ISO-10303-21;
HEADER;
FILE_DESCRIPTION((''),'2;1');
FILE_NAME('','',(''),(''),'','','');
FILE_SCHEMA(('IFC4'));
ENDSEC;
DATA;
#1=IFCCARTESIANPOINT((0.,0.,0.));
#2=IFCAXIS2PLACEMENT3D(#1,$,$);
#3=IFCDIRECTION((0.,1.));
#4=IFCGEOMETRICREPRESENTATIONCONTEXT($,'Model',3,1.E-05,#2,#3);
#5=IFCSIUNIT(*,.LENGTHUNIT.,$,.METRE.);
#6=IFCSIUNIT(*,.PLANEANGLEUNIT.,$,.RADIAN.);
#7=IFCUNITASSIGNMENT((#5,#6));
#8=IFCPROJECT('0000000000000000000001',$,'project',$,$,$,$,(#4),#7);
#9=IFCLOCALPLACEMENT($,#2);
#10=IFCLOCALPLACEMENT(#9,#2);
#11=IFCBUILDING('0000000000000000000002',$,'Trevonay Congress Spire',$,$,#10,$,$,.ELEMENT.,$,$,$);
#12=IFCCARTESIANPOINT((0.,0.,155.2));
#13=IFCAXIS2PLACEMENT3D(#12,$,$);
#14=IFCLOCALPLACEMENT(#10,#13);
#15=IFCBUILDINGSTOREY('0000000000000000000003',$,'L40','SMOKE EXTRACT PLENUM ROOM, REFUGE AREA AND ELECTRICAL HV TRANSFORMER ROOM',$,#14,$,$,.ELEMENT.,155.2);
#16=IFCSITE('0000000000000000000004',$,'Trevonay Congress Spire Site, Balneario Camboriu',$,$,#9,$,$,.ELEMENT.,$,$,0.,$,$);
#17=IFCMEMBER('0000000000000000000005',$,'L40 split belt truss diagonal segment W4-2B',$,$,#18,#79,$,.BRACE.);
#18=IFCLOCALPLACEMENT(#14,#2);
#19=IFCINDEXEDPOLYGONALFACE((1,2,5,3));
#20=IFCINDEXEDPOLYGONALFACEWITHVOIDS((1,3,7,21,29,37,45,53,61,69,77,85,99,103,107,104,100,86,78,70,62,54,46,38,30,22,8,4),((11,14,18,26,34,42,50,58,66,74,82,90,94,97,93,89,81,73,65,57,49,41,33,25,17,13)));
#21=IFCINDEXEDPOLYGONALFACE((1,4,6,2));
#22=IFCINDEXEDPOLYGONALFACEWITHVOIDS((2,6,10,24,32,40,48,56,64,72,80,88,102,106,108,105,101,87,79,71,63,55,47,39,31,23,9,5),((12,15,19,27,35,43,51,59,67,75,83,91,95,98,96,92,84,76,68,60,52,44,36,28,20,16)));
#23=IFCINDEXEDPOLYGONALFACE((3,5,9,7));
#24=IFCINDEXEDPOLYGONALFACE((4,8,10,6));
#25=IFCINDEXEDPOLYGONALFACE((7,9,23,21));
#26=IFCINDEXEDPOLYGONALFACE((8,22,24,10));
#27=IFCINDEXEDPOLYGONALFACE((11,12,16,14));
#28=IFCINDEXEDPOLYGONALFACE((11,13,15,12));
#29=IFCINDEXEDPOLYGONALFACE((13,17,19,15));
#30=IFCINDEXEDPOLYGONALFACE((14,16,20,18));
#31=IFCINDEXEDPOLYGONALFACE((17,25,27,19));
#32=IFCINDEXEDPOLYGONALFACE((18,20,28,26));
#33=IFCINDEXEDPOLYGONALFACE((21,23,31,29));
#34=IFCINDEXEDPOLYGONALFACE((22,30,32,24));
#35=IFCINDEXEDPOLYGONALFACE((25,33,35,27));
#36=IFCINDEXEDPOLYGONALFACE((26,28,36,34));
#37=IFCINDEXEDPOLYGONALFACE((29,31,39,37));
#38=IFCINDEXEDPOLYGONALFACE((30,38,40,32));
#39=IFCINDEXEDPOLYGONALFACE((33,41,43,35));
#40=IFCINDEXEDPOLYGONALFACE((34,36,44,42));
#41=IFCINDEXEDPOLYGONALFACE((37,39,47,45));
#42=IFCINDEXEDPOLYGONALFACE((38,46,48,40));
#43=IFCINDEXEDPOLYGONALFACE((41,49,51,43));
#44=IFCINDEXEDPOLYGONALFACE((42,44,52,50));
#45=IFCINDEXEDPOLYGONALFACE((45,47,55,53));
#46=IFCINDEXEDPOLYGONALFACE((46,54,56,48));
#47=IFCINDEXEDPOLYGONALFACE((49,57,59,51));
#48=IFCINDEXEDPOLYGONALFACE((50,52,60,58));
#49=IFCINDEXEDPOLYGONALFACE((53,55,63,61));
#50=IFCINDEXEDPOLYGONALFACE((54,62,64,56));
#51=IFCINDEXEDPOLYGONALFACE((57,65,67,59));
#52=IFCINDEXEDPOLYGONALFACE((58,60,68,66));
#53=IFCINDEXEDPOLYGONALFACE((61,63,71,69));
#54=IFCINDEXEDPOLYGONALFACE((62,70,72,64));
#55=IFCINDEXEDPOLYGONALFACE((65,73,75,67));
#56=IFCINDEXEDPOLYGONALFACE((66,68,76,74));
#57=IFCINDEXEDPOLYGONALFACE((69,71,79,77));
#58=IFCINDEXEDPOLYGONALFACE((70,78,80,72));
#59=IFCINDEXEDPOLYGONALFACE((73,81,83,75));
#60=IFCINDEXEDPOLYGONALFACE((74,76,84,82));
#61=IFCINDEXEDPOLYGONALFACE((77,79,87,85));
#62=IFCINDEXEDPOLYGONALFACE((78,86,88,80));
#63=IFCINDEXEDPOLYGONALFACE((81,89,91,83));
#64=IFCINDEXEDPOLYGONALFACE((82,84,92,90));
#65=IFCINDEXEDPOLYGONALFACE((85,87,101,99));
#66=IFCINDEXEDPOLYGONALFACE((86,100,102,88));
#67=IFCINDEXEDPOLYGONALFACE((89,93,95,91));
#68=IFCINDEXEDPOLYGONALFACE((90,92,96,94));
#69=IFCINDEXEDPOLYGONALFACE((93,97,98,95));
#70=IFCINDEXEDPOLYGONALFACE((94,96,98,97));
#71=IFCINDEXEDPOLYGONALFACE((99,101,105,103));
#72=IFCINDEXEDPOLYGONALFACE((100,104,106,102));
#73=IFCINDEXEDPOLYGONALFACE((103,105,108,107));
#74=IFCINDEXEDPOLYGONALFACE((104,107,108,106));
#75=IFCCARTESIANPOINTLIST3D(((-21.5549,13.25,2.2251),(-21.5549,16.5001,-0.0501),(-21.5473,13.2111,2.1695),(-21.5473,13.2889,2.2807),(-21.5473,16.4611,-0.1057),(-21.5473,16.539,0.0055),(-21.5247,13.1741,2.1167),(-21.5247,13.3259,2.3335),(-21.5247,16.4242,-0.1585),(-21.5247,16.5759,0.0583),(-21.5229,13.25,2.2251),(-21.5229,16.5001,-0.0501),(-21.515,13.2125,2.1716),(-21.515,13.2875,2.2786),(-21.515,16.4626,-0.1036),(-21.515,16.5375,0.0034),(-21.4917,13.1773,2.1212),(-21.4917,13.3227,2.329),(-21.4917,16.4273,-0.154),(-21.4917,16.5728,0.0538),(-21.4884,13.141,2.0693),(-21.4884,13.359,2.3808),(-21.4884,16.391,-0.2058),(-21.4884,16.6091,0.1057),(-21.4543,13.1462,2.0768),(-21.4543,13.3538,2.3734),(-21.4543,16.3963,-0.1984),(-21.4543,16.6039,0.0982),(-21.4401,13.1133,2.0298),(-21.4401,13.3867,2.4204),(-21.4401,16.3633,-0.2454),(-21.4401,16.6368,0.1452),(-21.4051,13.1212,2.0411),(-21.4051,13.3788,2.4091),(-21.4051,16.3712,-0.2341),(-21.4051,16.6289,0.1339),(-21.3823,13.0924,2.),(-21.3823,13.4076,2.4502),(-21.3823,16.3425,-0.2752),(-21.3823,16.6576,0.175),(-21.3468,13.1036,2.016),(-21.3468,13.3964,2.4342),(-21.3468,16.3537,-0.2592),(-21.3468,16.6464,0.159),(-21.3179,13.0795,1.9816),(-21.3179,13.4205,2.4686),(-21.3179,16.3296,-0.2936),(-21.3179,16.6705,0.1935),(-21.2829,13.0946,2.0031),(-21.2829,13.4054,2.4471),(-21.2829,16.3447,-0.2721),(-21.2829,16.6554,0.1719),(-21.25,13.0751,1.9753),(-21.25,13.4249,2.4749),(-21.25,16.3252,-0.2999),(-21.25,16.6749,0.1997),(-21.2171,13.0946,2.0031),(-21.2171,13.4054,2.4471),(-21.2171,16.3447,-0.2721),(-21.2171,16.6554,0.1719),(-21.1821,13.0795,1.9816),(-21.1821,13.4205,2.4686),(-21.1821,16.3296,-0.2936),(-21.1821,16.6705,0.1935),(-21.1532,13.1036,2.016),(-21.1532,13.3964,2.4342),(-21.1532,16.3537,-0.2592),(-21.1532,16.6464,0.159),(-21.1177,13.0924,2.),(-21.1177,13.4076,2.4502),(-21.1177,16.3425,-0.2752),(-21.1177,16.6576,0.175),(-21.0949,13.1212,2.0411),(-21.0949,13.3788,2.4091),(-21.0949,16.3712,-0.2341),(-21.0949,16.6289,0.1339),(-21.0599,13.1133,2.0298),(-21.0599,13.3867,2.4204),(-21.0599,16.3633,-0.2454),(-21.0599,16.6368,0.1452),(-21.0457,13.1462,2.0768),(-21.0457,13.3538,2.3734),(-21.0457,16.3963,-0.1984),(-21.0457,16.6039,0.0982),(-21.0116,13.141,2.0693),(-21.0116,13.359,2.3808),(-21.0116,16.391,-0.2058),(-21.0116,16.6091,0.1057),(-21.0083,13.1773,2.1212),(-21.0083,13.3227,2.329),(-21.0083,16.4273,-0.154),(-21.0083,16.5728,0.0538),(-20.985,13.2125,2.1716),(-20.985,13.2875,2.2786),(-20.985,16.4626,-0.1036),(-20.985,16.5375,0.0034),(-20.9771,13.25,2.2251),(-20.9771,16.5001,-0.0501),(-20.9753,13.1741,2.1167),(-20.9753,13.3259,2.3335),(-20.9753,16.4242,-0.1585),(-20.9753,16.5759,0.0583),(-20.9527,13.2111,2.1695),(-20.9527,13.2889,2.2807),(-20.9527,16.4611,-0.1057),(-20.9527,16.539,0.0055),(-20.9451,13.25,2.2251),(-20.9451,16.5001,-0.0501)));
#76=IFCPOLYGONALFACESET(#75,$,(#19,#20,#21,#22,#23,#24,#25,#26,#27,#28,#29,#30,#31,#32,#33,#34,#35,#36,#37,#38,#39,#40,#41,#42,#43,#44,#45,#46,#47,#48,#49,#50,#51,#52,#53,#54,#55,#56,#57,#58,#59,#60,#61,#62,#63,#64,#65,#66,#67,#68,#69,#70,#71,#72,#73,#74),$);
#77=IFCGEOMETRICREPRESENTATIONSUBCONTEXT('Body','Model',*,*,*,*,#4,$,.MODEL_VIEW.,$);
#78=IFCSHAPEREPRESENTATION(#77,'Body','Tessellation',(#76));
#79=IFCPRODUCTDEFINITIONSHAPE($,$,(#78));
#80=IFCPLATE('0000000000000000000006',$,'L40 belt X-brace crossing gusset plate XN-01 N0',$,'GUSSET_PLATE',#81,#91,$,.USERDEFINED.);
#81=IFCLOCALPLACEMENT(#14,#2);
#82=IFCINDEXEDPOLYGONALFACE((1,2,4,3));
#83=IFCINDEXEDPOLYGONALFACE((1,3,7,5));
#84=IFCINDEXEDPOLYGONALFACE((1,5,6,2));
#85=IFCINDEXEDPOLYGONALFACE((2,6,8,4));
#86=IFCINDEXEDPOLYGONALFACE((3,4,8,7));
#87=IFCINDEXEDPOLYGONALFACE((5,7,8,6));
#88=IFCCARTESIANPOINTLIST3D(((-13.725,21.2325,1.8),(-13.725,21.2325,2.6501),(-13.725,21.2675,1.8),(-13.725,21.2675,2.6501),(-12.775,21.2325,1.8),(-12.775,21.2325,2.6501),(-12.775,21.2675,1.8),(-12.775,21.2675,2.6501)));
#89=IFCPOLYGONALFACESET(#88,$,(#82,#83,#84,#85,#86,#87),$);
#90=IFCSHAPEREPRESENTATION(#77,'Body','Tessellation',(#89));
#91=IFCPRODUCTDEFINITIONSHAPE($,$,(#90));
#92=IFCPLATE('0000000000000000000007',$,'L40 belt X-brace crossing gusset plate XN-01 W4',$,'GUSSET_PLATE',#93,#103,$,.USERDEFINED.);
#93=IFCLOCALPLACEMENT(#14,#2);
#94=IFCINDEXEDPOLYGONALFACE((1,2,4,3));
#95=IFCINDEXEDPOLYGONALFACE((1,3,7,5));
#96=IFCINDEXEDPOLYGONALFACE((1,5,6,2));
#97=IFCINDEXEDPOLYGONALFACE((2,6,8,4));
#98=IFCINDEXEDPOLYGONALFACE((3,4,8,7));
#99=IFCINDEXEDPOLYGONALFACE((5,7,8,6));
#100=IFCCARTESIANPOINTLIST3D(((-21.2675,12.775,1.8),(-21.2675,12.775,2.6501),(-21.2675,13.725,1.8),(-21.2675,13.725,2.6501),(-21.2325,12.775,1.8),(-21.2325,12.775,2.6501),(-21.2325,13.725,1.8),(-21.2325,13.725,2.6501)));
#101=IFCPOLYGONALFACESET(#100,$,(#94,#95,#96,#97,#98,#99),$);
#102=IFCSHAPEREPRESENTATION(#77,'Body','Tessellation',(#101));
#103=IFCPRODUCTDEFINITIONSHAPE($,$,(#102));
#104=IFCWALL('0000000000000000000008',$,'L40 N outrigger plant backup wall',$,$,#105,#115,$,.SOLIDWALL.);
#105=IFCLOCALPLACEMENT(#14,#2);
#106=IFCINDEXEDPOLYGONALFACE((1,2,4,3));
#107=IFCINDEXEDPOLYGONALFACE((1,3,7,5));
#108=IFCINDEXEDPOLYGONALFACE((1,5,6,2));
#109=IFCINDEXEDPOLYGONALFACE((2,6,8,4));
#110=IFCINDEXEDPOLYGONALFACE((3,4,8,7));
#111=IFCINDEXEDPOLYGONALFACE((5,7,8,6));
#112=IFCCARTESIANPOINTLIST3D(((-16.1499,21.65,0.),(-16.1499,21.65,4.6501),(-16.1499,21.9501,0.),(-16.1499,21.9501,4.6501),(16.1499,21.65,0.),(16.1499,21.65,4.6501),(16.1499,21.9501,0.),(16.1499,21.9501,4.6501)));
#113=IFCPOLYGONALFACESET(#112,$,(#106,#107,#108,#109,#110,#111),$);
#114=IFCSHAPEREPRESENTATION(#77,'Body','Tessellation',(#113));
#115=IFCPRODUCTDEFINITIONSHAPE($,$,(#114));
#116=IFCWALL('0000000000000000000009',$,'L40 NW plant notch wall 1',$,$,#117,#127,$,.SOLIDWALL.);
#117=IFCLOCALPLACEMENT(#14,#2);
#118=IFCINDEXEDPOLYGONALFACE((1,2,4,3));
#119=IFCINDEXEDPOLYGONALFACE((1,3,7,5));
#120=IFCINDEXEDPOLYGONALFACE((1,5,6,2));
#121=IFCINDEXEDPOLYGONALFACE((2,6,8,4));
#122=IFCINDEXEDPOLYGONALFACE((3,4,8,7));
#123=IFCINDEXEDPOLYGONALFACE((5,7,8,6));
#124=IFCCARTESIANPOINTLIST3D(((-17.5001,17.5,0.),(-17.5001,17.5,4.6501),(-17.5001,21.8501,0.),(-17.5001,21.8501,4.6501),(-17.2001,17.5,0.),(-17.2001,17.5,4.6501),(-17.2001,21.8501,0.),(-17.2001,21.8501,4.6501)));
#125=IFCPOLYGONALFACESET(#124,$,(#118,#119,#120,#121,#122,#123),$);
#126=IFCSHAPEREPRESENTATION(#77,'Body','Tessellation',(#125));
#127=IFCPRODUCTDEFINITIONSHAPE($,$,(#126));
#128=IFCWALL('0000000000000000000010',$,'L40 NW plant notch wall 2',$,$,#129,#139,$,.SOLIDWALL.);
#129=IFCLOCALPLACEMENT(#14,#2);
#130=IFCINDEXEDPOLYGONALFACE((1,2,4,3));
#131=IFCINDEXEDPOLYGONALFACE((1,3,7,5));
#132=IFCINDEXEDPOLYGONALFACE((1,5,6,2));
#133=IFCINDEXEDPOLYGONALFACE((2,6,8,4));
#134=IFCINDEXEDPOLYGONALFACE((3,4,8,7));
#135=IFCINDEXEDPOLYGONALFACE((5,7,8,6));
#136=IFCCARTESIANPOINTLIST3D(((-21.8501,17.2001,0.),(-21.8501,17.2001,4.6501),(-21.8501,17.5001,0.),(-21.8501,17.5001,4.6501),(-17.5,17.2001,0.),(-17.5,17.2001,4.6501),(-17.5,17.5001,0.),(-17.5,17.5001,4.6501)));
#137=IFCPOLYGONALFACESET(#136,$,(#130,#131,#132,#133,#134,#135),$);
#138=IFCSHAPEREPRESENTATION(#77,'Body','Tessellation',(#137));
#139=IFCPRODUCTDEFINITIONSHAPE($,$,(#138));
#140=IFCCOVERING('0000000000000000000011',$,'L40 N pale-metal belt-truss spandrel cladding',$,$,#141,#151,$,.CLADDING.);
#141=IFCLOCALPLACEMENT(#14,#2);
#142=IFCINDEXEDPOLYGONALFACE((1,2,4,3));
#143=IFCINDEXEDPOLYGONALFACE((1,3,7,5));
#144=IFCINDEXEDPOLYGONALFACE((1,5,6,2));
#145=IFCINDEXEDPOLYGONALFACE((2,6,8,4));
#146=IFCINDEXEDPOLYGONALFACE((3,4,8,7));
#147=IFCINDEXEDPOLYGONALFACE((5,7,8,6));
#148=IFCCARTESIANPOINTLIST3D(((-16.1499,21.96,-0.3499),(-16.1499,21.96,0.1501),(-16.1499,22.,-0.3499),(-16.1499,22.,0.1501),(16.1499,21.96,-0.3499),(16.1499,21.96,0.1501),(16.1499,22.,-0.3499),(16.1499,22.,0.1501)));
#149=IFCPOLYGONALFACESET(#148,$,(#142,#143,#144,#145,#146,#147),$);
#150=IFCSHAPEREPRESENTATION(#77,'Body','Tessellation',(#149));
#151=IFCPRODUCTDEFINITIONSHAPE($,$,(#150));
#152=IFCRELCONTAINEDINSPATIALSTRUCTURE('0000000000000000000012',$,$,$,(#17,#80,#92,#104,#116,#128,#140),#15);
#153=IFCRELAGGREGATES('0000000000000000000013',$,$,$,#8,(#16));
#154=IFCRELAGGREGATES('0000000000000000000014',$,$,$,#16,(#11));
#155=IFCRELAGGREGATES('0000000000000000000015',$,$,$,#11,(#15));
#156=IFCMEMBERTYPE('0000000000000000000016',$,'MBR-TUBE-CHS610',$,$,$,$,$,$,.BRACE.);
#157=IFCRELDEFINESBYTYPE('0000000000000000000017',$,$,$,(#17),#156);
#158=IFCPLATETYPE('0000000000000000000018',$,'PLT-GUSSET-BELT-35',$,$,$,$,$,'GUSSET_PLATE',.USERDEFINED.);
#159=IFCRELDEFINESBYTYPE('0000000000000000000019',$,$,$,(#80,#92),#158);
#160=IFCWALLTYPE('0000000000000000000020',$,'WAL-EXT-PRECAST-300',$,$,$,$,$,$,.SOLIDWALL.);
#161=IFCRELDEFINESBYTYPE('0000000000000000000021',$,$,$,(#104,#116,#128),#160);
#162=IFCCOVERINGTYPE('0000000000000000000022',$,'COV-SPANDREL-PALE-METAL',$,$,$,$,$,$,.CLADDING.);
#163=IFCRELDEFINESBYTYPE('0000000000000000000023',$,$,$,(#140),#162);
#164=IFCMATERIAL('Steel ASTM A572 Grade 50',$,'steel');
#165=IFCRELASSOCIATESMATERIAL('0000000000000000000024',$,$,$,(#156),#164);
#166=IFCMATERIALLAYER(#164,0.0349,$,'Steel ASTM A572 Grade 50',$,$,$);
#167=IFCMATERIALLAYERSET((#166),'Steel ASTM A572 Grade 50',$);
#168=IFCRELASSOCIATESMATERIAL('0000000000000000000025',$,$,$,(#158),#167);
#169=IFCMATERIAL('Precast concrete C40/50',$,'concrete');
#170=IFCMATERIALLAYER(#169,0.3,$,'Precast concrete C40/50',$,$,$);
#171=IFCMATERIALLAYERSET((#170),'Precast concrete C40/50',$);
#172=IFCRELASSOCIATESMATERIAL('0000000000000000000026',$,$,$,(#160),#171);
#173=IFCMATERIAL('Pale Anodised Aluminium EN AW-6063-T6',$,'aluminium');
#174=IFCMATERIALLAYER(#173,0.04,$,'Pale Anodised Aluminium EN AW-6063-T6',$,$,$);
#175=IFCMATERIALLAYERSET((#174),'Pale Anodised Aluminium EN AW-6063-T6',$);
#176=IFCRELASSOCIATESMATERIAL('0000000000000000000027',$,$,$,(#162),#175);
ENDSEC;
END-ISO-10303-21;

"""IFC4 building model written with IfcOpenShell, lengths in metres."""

from ifc_helpers import new_model, si_unit, direction, frame, frame_2d, origin, origin_2d, place, context, subcontext, project, spatial, rectangle, hollow_circle, extrude, material, layer, layer_set, material_profile, profile_set, type_object, element, save


model = new_model("IFC4")

# Units and contexts
model_context = context("Model", 3, precision=1e-05, world=origin(), true_north=direction((0.0, 1.0)))
body_context = subcontext(model_context, "Body", "Model", "MODEL_VIEW")
ifc_project = project(units=[si_unit("LENGTHUNIT", "METRE"), si_unit("PLANEANGLEUNIT", "RADIAN")], contexts=[model_context])

# Site, building, storey
site_placement = place(None, origin())
site = spatial("IfcSite", under=ifc_project, at=site_placement, Name="Trevonay Congress Spire Site, Balneario Camboriu", CompositionType="ELEMENT", RefElevation=0.0)
building_placement = place(site_placement, origin())
building = spatial("IfcBuilding", under=site, at=building_placement, Name="Trevonay Congress Spire", CompositionType="ELEMENT")
storey_placement = place(building_placement, frame((0.0, 0.0, 155.2)))
storey = spatial("IfcBuildingStorey", under=building, at=storey_placement, Name="L40", Description="SMOKE EXTRACT PLENUM ROOM, REFUGE AREA AND ELECTRICAL HV TRANSFORMER ROOM", CompositionType="ELEMENT", Elevation=155.2)

# Shared definitions
ifc_material_1 = material(Name="Steel ASTM A572 Grade 50", Category="steel")

# Member
ifc_material_profile_1 = material_profile(ifc_material_1, hollow_circle(Radius=0.3049, WallThickness=0.032, at=origin_2d()), Name="CHS 610x32")
ifc_profile_set_1 = profile_set([ifc_material_profile_1], Name="Steel ASTM A572 Grade 50")
member_type = type_object("IfcMemberType", Name="MBR-TUBE-CHS610", PredefinedType="BRACE", material=ifc_profile_set_1)
member_1_placement = place(storey_placement, frame((-21.25, 13.25, 2.2251), z_axis=(0.0, 0.819215, -0.573487), x_axis=(-1.0, 0.0, 0.0)))
element("IfcMember", 1, at=member_1_placement, inside=storey, type_object=member_type, Name="L40 split belt truss diagonal segment W4-2B", PredefinedType="BRACE", context=body_context, shape_type="SweptSolid", body=[
    extrude(hollow_circle(Radius=0.3049, WallThickness=0.032, at=origin_2d()), origin(), (0.0, 0.0, 1.0), 3.9673),
])

# Plates
ifc_layer_1 = layer(ifc_material_1, 0.0349, Name="Steel ASTM A572 Grade 50")
ifc_layer_set_1 = layer_set([ifc_layer_1], Name="Steel ASTM A572 Grade 50")
plate_type = type_object("IfcPlateType", Name="PLT-GUSSET-BELT-35", ElementType="GUSSET_PLATE", PredefinedType="USERDEFINED", material=ifc_layer_set_1)
plate_1_placement = place(storey_placement, frame((-13.25, 21.25, 1.8), z_axis=(0.0, 0.0, 1.0), x_axis=(1.0, 0.0, 0.0)))
element("IfcPlate", 2, at=plate_1_placement, inside=storey, type_object=plate_type, Name="L40 belt X-brace crossing gusset plate XN-01 N0", ObjectType="GUSSET_PLATE", PredefinedType="USERDEFINED", context=body_context, shape_type="SweptSolid", body=[
    extrude(rectangle(XDim=0.95, YDim=0.0349, at=origin_2d()), origin(), (0.0, 0.0, 1.0), 0.8501),
])
plate_2_placement = place(storey_placement, frame((-21.25, 13.25, 1.8), z_axis=(0.0, 0.0, 1.0), x_axis=(1.0, 0.0, 0.0)))
element("IfcPlate", 3, at=plate_2_placement, inside=storey, type_object=plate_type, Name="L40 belt X-brace crossing gusset plate XN-01 W4", ObjectType="GUSSET_PLATE", PredefinedType="USERDEFINED", context=body_context, shape_type="SweptSolid", body=[
    extrude(rectangle(XDim=0.0349, YDim=0.95, at=origin_2d()), origin(), (0.0, 0.0, 1.0), 0.8501),
])

# Walls
ifc_material_2 = material(Name="Precast concrete C40/50", Category="concrete")
ifc_layer_2 = layer(ifc_material_2, 0.3, Name="Precast concrete C40/50")
ifc_layer_set_2 = layer_set([ifc_layer_2], Name="Precast concrete C40/50")
wall_type = type_object("IfcWallType", Name="WAL-EXT-PRECAST-300", PredefinedType="SOLIDWALL", material=ifc_layer_set_2)
wall_placement = place(storey_placement, frame((-16.1499, 21.8, 0.0), z_axis=(0.0, 0.0, 1.0), x_axis=(1.0, 0.0, 0.0)))
element("IfcWall", 4, at=wall_placement, inside=storey, type_object=wall_type, Name="L40 N outrigger plant backup wall", PredefinedType="SOLIDWALL", context=body_context, shape_type="SweptSolid", body=[
    extrude(rectangle(XDim=32.2998, YDim=0.3, at=frame_2d((16.1499, 0.0))), origin(), (0.0, 0.0, 1.0), 4.6501),
])
for number, where, z_axis, x_axis, name in (
    (5, (-17.3501, 21.8501, 0.0), (0.0, 0.0, 1.0), (0.0, -1.0, 0.0), "L40 NW plant notch wall 1"),
    (6, (-21.8501, 17.3501, 0.0), (0.0, 0.0, 1.0), (1.0, 0.0, 0.0), "L40 NW plant notch wall 2"),
):
    element("IfcWall", number, at=place(storey_placement, frame(where, z_axis=z_axis, x_axis=x_axis)), inside=storey, type_object=wall_type, Name=name, PredefinedType="SOLIDWALL", context=body_context, shape_type="SweptSolid", body=[
        extrude(rectangle(XDim=4.3501, YDim=0.3, at=frame_2d((2.175, 0.0))), origin(), (0.0, 0.0, 1.0), 4.6501),
    ])

# Covering
ifc_material_3 = material(Name="Pale Anodised Aluminium EN AW-6063-T6", Category="aluminium")
ifc_layer_3 = layer(ifc_material_3, 0.04, Name="Pale Anodised Aluminium EN AW-6063-T6")
ifc_layer_set_3 = layer_set([ifc_layer_3], Name="Pale Anodised Aluminium EN AW-6063-T6")
covering_type = type_object("IfcCoveringType", Name="COV-SPANDREL-PALE-METAL", PredefinedType="CLADDING", material=ifc_layer_set_3)
covering_placement = place(storey_placement, frame((-16.1499, 21.98, -0.3499), z_axis=(0.0, 0.0, 1.0), x_axis=(1.0, 0.0, 0.0)))
element("IfcCovering", 7, at=covering_placement, inside=storey, type_object=covering_type, Name="L40 N pale-metal belt-truss spandrel cladding", PredefinedType="CLADDING", context=body_context, shape_type="SweptSolid", body=[
    extrude(rectangle(XDim=32.2998, YDim=0.04, at=frame_2d((16.1499, 0.0))), origin(), (0.0, 0.0, 1.0), 0.5),
])

save(model, "model.ifc")
